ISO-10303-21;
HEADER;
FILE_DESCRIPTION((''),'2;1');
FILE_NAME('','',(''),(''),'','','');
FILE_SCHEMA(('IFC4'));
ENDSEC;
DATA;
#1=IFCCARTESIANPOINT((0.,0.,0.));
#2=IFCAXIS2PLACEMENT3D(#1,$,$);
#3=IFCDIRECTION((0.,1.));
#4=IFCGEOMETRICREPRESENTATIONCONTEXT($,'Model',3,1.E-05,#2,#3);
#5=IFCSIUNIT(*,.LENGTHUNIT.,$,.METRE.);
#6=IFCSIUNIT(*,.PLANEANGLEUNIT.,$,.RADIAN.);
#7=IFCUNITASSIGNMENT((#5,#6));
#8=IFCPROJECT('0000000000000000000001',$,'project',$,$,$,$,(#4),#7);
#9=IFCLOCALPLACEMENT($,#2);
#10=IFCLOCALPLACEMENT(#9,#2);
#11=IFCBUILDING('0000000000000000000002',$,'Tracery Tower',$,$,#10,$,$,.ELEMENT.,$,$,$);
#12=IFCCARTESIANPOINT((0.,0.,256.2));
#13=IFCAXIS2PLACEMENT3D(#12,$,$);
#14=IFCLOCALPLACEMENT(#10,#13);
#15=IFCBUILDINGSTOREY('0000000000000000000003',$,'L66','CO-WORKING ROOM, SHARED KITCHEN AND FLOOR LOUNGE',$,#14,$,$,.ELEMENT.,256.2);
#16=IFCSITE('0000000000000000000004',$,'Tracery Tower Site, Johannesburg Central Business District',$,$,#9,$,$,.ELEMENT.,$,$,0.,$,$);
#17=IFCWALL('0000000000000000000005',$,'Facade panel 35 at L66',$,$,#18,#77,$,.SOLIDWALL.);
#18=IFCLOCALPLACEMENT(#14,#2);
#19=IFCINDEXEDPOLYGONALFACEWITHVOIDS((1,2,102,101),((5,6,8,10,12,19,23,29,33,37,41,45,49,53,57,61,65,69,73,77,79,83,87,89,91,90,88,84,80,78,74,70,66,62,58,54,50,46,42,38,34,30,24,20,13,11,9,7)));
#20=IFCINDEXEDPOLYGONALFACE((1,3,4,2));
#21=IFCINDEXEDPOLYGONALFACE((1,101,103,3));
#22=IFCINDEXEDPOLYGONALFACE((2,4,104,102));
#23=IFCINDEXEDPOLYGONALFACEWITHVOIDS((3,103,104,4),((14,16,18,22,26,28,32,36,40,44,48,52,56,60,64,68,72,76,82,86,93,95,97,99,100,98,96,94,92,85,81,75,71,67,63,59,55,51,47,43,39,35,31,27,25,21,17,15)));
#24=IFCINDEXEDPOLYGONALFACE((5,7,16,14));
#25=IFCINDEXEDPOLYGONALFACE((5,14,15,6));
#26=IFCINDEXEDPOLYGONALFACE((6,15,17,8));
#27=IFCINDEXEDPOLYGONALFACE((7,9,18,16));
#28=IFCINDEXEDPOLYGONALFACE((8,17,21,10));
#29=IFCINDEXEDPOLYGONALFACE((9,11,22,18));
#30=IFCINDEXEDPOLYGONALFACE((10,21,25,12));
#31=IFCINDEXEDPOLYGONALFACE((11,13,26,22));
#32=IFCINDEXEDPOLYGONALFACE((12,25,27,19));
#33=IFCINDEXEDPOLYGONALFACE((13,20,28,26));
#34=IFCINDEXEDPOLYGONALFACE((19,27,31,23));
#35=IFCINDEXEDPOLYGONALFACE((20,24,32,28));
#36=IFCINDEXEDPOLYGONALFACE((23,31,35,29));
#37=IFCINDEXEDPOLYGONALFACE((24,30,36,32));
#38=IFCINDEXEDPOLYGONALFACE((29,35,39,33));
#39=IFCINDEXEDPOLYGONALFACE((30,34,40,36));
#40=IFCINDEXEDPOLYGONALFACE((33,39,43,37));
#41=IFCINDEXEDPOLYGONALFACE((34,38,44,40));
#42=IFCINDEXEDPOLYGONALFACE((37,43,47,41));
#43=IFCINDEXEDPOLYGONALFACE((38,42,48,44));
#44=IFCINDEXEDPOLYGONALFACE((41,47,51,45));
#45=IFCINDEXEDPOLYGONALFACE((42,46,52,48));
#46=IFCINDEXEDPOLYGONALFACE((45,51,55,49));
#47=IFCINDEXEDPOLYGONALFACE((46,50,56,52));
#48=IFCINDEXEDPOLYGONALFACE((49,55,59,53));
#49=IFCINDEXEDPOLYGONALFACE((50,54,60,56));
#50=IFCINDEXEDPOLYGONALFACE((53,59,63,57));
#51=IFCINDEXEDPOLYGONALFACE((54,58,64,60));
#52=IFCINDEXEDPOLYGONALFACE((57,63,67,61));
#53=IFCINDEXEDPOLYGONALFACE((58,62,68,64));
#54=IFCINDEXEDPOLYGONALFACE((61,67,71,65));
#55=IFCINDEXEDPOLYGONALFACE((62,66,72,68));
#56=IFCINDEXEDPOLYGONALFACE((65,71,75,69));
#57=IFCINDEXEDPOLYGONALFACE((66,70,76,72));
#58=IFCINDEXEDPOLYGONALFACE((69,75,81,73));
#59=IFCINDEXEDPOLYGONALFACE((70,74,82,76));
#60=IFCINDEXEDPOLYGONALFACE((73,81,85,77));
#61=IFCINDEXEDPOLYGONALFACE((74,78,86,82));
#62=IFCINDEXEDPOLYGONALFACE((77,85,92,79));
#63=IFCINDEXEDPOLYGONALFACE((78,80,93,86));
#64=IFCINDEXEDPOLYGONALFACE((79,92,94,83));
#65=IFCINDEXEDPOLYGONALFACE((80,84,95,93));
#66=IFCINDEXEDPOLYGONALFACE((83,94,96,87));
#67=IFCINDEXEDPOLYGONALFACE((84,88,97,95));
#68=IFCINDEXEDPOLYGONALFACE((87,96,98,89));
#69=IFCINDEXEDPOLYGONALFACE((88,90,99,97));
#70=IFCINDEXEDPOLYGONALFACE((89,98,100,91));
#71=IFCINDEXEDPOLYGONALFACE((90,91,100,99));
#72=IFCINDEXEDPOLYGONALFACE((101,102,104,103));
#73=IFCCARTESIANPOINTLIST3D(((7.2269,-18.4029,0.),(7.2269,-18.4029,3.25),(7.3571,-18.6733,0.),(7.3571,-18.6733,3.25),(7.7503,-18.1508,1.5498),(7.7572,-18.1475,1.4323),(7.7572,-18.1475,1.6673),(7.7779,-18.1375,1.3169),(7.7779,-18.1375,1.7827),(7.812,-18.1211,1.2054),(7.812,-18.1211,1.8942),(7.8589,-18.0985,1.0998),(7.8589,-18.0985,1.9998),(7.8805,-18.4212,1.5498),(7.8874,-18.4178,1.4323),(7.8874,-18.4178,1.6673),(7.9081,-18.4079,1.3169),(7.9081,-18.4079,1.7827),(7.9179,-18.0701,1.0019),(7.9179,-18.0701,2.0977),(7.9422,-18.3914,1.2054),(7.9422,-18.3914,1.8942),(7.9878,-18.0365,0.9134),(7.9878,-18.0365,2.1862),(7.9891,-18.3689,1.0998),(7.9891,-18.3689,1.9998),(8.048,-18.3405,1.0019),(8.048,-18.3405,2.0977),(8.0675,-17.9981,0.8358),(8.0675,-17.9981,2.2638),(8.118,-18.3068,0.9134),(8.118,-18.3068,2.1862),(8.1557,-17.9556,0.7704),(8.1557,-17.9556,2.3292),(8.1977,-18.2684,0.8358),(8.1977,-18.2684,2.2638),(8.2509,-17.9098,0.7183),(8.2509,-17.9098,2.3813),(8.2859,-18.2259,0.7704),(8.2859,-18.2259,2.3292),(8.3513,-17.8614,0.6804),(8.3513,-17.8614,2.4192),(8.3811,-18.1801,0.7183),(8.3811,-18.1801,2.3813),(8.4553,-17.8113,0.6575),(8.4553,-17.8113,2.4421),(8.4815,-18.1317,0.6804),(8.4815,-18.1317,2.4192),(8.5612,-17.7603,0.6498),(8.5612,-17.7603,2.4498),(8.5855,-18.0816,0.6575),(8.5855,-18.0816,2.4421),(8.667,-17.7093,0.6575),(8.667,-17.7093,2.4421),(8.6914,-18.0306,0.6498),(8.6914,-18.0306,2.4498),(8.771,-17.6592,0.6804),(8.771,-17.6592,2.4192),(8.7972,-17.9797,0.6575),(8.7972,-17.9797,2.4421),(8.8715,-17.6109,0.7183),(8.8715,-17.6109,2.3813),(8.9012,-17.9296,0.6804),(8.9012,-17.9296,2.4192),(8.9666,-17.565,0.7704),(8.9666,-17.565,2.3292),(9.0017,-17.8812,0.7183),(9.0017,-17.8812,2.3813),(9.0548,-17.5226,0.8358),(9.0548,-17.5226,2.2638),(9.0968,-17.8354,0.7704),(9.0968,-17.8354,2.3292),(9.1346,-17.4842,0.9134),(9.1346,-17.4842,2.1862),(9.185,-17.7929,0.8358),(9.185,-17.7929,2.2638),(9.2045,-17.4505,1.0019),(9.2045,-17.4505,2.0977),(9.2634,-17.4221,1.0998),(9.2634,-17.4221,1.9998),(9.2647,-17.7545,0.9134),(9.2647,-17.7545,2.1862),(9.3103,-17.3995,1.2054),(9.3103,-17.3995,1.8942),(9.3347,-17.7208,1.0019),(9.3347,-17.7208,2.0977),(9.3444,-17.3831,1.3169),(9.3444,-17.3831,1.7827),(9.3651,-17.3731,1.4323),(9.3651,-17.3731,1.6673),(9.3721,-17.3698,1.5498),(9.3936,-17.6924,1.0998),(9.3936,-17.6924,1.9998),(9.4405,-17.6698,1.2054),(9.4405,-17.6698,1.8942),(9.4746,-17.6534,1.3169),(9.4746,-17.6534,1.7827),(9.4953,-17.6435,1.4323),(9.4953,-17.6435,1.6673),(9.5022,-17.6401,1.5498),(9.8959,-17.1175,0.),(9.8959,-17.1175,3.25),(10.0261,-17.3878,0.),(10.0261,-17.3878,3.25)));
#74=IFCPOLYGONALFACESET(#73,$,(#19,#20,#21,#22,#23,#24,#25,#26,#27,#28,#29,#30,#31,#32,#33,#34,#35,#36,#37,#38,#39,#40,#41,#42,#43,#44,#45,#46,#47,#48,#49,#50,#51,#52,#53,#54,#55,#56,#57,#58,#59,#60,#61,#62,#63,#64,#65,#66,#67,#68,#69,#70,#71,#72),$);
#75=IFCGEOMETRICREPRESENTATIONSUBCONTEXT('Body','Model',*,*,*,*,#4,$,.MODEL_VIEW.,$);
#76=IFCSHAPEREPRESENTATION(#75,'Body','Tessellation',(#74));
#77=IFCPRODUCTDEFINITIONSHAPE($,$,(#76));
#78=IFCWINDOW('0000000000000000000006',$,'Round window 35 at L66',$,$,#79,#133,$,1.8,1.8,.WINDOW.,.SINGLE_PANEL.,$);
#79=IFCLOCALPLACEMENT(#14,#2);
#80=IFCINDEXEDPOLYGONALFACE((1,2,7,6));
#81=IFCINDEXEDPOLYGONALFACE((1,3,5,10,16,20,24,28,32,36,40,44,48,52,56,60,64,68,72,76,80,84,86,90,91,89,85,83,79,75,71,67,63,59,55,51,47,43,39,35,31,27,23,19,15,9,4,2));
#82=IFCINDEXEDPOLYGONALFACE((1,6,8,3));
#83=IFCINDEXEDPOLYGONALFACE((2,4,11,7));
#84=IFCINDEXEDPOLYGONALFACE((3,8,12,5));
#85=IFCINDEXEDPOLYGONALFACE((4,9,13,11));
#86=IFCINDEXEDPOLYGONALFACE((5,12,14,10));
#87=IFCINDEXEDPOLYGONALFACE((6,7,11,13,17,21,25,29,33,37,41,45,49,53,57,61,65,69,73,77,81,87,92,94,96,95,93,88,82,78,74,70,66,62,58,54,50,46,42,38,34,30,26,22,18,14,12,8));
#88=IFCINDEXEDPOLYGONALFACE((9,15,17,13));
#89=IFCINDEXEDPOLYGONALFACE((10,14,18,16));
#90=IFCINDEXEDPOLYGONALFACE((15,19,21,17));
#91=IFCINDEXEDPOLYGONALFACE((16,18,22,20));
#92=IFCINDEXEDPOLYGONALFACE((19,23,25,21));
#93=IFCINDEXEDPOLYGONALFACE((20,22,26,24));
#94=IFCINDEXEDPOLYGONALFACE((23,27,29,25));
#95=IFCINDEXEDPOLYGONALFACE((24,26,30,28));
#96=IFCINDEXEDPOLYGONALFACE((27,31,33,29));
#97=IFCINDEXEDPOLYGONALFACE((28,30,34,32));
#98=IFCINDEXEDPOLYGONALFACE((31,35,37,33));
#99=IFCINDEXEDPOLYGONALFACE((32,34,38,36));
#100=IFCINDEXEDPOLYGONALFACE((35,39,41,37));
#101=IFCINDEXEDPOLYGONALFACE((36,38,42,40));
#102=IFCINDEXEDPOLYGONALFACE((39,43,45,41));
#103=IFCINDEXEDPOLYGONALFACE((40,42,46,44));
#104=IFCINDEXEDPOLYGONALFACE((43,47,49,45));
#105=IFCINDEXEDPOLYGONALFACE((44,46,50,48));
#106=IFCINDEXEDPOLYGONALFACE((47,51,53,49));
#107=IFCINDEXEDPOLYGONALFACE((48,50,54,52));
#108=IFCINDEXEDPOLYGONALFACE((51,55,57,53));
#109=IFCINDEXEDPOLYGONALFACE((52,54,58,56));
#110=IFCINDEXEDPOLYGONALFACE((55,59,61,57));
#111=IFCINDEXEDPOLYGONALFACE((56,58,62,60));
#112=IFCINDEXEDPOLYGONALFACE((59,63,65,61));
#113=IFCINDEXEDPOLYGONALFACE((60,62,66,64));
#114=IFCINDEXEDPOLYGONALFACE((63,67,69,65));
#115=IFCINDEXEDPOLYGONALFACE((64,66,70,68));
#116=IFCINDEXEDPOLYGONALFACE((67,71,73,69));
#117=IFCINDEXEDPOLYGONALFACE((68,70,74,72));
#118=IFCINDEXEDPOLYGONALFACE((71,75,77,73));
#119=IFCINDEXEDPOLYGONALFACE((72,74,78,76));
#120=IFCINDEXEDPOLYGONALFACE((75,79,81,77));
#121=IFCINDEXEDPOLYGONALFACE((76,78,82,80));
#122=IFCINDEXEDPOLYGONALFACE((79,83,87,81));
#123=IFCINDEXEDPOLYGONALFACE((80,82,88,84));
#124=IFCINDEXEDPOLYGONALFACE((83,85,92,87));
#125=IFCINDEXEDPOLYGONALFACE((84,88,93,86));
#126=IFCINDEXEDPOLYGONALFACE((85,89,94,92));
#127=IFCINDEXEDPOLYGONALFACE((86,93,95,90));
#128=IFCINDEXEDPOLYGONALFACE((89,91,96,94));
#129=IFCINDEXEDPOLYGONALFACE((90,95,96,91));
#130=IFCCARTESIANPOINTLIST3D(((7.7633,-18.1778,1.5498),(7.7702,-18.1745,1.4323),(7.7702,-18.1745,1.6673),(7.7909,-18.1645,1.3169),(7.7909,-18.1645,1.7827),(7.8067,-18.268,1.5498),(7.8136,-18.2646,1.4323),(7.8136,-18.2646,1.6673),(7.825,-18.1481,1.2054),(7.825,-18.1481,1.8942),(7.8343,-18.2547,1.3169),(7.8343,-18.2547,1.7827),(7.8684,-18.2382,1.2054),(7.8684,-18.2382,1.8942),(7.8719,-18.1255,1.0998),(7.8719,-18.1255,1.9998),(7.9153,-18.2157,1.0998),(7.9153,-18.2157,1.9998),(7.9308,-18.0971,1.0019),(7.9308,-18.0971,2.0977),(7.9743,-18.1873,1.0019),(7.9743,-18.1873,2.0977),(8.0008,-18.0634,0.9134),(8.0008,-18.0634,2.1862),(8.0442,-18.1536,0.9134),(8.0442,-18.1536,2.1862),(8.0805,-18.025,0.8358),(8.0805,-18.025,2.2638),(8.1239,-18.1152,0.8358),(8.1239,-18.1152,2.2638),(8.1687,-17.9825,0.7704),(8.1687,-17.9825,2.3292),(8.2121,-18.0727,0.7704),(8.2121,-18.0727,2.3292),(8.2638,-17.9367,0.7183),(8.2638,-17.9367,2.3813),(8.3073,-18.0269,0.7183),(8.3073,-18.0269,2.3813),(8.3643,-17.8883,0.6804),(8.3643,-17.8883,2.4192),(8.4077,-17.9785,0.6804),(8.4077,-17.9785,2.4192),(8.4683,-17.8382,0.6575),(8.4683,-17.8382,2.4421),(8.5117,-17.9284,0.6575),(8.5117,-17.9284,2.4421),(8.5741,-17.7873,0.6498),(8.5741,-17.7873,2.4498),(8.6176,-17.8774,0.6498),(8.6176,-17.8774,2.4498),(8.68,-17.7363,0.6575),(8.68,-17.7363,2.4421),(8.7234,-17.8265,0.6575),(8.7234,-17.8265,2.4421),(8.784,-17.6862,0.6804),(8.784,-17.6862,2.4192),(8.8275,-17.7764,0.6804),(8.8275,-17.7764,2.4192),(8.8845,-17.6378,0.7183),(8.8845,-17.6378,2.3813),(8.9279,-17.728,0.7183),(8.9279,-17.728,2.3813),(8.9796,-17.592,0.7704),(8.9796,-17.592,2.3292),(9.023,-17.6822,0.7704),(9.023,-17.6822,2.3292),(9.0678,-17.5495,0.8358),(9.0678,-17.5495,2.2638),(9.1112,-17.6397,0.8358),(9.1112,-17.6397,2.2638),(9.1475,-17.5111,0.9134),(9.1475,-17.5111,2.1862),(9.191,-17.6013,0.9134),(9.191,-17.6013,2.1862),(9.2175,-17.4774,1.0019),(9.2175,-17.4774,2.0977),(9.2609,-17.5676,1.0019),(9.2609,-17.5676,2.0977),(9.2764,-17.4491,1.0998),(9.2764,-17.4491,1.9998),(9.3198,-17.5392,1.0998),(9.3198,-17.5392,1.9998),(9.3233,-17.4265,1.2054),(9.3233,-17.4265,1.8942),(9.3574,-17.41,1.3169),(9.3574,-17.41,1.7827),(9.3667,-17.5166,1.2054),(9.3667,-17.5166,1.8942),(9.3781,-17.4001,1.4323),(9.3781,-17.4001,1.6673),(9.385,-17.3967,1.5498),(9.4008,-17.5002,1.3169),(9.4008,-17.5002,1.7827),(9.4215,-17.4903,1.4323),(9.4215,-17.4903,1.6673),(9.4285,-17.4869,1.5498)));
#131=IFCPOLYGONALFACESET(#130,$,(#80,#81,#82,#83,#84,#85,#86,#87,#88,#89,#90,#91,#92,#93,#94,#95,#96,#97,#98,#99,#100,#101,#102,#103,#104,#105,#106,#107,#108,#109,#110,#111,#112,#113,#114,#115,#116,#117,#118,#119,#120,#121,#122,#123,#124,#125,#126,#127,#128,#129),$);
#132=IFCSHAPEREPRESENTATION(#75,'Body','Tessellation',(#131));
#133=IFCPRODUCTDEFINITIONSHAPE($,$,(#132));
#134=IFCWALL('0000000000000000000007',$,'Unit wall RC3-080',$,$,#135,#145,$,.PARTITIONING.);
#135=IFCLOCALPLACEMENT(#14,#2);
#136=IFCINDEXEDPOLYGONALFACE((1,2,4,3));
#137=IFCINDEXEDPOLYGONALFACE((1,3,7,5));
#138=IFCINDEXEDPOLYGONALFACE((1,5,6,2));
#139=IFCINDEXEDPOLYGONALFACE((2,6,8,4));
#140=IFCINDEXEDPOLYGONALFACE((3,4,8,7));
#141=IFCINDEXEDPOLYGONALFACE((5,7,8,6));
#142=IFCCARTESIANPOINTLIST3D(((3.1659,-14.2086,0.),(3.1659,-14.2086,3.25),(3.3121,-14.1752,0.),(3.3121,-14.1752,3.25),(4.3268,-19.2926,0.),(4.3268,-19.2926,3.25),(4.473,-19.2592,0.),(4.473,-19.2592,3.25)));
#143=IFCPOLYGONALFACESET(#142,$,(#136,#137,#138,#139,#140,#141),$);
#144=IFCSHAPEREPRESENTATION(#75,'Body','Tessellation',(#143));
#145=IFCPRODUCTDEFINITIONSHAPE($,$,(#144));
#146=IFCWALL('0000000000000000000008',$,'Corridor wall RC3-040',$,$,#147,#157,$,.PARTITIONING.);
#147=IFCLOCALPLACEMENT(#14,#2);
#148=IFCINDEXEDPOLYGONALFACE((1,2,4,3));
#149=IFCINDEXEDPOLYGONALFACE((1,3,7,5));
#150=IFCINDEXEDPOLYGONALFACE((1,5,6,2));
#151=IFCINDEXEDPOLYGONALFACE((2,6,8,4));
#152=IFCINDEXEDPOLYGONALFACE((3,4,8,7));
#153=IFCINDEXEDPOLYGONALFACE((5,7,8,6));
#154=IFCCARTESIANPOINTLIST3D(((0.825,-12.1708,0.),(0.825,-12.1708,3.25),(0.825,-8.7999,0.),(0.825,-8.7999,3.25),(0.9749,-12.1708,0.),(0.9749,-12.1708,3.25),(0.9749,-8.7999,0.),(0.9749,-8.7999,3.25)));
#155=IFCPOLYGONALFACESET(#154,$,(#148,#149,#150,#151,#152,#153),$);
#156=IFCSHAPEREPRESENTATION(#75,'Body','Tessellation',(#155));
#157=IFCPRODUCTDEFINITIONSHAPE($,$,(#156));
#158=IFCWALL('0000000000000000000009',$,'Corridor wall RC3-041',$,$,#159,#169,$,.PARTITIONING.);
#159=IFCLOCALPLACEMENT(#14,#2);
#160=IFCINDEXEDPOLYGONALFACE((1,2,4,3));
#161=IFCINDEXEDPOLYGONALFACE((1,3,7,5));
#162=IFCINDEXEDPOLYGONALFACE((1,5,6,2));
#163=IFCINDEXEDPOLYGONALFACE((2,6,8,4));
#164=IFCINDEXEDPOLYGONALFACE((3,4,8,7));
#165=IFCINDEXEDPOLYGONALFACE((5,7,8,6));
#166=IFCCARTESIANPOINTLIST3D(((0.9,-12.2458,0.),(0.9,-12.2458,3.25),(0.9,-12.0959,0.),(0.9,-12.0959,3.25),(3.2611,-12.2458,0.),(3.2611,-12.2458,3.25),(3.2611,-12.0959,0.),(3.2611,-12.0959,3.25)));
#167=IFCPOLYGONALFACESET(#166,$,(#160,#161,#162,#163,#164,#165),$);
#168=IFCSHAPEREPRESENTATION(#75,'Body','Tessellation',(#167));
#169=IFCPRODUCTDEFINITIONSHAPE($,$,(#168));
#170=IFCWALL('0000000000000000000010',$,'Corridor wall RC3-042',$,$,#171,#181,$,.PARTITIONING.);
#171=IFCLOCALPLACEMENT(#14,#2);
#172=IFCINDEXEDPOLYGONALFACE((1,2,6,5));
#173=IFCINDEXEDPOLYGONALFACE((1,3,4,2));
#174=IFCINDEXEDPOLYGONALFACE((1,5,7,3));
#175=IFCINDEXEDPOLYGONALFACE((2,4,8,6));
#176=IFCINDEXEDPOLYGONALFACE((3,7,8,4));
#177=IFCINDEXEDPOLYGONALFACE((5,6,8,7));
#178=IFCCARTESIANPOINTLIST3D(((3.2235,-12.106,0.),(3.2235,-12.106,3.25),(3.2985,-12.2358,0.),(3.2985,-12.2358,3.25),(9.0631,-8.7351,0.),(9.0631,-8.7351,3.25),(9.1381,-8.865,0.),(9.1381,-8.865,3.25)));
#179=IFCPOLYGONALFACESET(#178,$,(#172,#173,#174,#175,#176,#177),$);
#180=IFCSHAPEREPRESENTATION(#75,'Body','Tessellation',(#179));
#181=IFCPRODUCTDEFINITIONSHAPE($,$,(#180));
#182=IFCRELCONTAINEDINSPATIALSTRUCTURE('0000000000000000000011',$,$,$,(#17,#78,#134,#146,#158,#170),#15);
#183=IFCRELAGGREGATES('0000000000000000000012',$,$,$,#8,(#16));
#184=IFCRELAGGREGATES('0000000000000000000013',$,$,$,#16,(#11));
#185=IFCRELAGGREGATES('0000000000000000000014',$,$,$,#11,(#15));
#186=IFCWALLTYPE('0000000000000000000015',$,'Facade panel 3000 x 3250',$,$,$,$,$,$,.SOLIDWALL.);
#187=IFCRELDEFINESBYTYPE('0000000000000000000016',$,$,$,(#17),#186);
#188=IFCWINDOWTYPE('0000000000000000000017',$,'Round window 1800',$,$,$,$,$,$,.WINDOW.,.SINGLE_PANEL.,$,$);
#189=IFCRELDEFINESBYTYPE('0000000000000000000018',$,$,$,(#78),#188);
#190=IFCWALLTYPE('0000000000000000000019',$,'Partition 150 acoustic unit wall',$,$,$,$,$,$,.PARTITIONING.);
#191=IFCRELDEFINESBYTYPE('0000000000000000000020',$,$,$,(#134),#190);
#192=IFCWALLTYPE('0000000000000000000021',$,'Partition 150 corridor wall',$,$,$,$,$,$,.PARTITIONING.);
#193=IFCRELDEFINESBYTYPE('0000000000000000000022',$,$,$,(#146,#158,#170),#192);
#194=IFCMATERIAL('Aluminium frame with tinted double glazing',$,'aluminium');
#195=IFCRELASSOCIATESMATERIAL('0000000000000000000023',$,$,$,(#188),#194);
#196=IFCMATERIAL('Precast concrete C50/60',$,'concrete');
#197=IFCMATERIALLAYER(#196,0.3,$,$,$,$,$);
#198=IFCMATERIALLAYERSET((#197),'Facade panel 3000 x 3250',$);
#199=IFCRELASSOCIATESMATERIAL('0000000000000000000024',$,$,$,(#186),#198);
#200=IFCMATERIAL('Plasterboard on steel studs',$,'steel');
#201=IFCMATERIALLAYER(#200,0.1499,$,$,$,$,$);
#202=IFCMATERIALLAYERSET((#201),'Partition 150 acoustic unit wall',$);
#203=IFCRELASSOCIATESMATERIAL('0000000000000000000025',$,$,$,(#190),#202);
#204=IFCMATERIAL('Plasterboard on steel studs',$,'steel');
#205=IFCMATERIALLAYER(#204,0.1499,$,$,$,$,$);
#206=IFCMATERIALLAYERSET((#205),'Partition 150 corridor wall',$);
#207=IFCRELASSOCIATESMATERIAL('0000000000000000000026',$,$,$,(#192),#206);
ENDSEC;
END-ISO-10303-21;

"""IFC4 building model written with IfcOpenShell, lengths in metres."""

from ifc_helpers import new_model, si_unit, direction, frame, frame_2d, origin, origin_2d, place, context, subcontext, project, spatial, rectangle, circle, extrude, material, layer, layer_set, type_object, element, fill, save


model = new_model("IFC4")

# Units and contexts
model_context = context("Model", 3, precision=1e-05, world=origin(), true_north=direction((0.0, 1.0)))
body_context = subcontext(model_context, "Body", "Model", "MODEL_VIEW")
ifc_project = project(units=[si_unit("LENGTHUNIT", "METRE"), si_unit("PLANEANGLEUNIT", "RADIAN")], contexts=[model_context])

# Site, building, storey
site_placement = place(None, origin())
site = spatial("IfcSite", under=ifc_project, at=site_placement, Name="Tracery Tower Site, Johannesburg Central Business District", CompositionType="ELEMENT", RefElevation=0.0)
building_placement = place(site_placement, origin())
building = spatial("IfcBuilding", under=site, at=building_placement, Name="Tracery Tower", CompositionType="ELEMENT")
storey_placement = place(building_placement, frame((0.0, 0.0, 256.2)))
storey = spatial("IfcBuildingStorey", under=building, at=storey_placement, Name="L66", Description="CO-WORKING ROOM, SHARED KITCHEN AND FLOOR LOUNGE", CompositionType="ELEMENT", Elevation=256.2)

# Wall, opening, window
ifc_material_1 = material(Name="Aluminium frame with tinted double glazing", Category="aluminium")
window_type = type_object("IfcWindowType", Name="Round window 1800", PartitioningType="SINGLE_PANEL", PredefinedType="WINDOW", material=ifc_material_1)
ifc_material_2 = material(Name="Precast concrete C50/60", Category="concrete")
ifc_layer_1 = layer(ifc_material_2, 0.3)
ifc_layer_set_1 = layer_set([ifc_layer_1], Name="Facade panel 3000 x 3250")
wall_type_1 = type_object("IfcWallType", Name="Facade panel 3000 x 3250", PredefinedType="SOLIDWALL", material=ifc_layer_set_1)
wall_1_placement = place(storey_placement, frame((7.292, -18.5381, 0.0), z_axis=(0.0, 0.0, 1.0), x_axis=(0.900955, 0.433912, 0.0)))
wall_1 = element("IfcWall", 1, at=wall_1_placement, inside=storey, type_object=wall_type_1, Name="Facade panel 35 at L66", PredefinedType="SOLIDWALL", context=body_context, shape_type="SweptSolid", body=[
    extrude(rectangle(XDim=2.9624, YDim=0.3, at=frame_2d((1.4812, 0.0))), origin(), (0.0, 0.0, 1.0), 3.25),
])
opening_1_placement = place(wall_1_placement, frame((1.481, 0.0, 1.5498)))
opening_1 = element("IfcOpeningElement", 2, at=opening_1_placement, cuts=wall_1, PredefinedType="OPENING", context=body_context, shape_type="SweptSolid", body=[
    extrude(circle(Radius=0.9, at=origin_2d()), frame((0.0, 0.1599, 0.0), z_axis=(0.0, -1.0, 0.0), x_axis=(1.0, 0.0, 0.0)), (0.0, 0.0, 1.0), 0.3201),
])
window_1_placement = place(opening_1_placement, origin())
window_1 = element("IfcWindow", 3, at=window_1_placement, inside=storey, type_object=window_type, Name="Round window 35 at L66", OverallHeight=1.8, OverallWidth=1.8, PartitioningType="SINGLE_PANEL", PredefinedType="WINDOW", context=body_context, shape_type="SweptSolid", body=[
    extrude(circle(Radius=0.9, at=origin_2d()), frame((0.0, 0.1201, 0.0), z_axis=(0.0, -1.0, 0.0), x_axis=(1.0, 0.0, 0.0)), (0.0, 0.0, 1.0), 0.1001),
])
fill(opening_1, window_1)

# Walls
ifc_material_3 = material(Name="Plasterboard on steel studs", Category="steel")
ifc_layer_2 = layer(ifc_material_3, 0.1499)
ifc_layer_set_2 = layer_set([ifc_layer_2], Name="Partition 150 acoustic unit wall")
wall_type_2 = type_object("IfcWallType", Name="Partition 150 acoustic unit wall", PredefinedType="PARTITIONING", material=ifc_layer_set_2)
wall_2_placement = place(storey_placement, frame((3.239, -14.1919, 0.0), z_axis=(0.0, 0.0, 1.0), x_axis=(0.222613, -0.974907, 0.0)))
element("IfcWall", 4, at=wall_2_placement, inside=storey, type_object=wall_type_2, Name="Unit wall RC3-080", PredefinedType="PARTITIONING", context=body_context, shape_type="SweptSolid", body=[
    extrude(rectangle(XDim=5.2148, YDim=0.1499, at=frame_2d((2.6074, 0.0))), origin(), (0.0, 0.0, 1.0), 3.25),
])
ifc_material_4 = material(Name="Plasterboard on steel studs", Category="steel")
ifc_layer_3 = layer(ifc_material_4, 0.1499)
ifc_layer_set_3 = layer_set([ifc_layer_3], Name="Partition 150 corridor wall")
wall_type_3 = type_object("IfcWallType", Name="Partition 150 corridor wall", PredefinedType="PARTITIONING", material=ifc_layer_set_3)
wall_3_placement = place(storey_placement, frame((0.8999, -12.1709, 0.0), z_axis=(0.0, 0.0, 1.0), x_axis=(0.0, 1.0, 0.0)))
element("IfcWall", 5, at=wall_3_placement, inside=storey, type_object=wall_type_3, Name="Corridor wall RC3-040", PredefinedType="PARTITIONING", context=body_context, shape_type="SweptSolid", body=[
    extrude(rectangle(XDim=3.3708, YDim=0.1499, at=frame_2d((1.6855, 0.0))), origin(), (0.0, 0.0, 1.0), 3.25),
])
wall_4_placement = place(storey_placement, frame((0.8999, -12.1709, 0.0), z_axis=(0.0, 0.0, 1.0), x_axis=(1.0, 0.0, 0.0)))
element("IfcWall", 6, at=wall_4_placement, inside=storey, type_object=wall_type_3, Name="Corridor wall RC3-041", PredefinedType="PARTITIONING", context=body_context, shape_type="SweptSolid", body=[
    extrude(rectangle(XDim=2.3611, YDim=0.1499, at=frame_2d((1.1807, 0.0))), origin(), (0.0, 0.0, 1.0), 3.25),
])
wall_5_placement = place(storey_placement, frame((3.261, -12.1709, 0.0), z_axis=(0.0, 0.0, 1.0), x_axis=(0.866067, 0.499928, 0.0)))
element("IfcWall", 7, at=wall_5_placement, inside=storey, type_object=wall_type_3, Name="Corridor wall RC3-042", PredefinedType="PARTITIONING", context=body_context, shape_type="SweptSolid", body=[
    extrude(rectangle(XDim=6.7427, YDim=0.1499, at=frame_2d((3.3713, 0.0))), origin(), (0.0, 0.0, 1.0), 3.25),
])

save(model, "model.ifc")
